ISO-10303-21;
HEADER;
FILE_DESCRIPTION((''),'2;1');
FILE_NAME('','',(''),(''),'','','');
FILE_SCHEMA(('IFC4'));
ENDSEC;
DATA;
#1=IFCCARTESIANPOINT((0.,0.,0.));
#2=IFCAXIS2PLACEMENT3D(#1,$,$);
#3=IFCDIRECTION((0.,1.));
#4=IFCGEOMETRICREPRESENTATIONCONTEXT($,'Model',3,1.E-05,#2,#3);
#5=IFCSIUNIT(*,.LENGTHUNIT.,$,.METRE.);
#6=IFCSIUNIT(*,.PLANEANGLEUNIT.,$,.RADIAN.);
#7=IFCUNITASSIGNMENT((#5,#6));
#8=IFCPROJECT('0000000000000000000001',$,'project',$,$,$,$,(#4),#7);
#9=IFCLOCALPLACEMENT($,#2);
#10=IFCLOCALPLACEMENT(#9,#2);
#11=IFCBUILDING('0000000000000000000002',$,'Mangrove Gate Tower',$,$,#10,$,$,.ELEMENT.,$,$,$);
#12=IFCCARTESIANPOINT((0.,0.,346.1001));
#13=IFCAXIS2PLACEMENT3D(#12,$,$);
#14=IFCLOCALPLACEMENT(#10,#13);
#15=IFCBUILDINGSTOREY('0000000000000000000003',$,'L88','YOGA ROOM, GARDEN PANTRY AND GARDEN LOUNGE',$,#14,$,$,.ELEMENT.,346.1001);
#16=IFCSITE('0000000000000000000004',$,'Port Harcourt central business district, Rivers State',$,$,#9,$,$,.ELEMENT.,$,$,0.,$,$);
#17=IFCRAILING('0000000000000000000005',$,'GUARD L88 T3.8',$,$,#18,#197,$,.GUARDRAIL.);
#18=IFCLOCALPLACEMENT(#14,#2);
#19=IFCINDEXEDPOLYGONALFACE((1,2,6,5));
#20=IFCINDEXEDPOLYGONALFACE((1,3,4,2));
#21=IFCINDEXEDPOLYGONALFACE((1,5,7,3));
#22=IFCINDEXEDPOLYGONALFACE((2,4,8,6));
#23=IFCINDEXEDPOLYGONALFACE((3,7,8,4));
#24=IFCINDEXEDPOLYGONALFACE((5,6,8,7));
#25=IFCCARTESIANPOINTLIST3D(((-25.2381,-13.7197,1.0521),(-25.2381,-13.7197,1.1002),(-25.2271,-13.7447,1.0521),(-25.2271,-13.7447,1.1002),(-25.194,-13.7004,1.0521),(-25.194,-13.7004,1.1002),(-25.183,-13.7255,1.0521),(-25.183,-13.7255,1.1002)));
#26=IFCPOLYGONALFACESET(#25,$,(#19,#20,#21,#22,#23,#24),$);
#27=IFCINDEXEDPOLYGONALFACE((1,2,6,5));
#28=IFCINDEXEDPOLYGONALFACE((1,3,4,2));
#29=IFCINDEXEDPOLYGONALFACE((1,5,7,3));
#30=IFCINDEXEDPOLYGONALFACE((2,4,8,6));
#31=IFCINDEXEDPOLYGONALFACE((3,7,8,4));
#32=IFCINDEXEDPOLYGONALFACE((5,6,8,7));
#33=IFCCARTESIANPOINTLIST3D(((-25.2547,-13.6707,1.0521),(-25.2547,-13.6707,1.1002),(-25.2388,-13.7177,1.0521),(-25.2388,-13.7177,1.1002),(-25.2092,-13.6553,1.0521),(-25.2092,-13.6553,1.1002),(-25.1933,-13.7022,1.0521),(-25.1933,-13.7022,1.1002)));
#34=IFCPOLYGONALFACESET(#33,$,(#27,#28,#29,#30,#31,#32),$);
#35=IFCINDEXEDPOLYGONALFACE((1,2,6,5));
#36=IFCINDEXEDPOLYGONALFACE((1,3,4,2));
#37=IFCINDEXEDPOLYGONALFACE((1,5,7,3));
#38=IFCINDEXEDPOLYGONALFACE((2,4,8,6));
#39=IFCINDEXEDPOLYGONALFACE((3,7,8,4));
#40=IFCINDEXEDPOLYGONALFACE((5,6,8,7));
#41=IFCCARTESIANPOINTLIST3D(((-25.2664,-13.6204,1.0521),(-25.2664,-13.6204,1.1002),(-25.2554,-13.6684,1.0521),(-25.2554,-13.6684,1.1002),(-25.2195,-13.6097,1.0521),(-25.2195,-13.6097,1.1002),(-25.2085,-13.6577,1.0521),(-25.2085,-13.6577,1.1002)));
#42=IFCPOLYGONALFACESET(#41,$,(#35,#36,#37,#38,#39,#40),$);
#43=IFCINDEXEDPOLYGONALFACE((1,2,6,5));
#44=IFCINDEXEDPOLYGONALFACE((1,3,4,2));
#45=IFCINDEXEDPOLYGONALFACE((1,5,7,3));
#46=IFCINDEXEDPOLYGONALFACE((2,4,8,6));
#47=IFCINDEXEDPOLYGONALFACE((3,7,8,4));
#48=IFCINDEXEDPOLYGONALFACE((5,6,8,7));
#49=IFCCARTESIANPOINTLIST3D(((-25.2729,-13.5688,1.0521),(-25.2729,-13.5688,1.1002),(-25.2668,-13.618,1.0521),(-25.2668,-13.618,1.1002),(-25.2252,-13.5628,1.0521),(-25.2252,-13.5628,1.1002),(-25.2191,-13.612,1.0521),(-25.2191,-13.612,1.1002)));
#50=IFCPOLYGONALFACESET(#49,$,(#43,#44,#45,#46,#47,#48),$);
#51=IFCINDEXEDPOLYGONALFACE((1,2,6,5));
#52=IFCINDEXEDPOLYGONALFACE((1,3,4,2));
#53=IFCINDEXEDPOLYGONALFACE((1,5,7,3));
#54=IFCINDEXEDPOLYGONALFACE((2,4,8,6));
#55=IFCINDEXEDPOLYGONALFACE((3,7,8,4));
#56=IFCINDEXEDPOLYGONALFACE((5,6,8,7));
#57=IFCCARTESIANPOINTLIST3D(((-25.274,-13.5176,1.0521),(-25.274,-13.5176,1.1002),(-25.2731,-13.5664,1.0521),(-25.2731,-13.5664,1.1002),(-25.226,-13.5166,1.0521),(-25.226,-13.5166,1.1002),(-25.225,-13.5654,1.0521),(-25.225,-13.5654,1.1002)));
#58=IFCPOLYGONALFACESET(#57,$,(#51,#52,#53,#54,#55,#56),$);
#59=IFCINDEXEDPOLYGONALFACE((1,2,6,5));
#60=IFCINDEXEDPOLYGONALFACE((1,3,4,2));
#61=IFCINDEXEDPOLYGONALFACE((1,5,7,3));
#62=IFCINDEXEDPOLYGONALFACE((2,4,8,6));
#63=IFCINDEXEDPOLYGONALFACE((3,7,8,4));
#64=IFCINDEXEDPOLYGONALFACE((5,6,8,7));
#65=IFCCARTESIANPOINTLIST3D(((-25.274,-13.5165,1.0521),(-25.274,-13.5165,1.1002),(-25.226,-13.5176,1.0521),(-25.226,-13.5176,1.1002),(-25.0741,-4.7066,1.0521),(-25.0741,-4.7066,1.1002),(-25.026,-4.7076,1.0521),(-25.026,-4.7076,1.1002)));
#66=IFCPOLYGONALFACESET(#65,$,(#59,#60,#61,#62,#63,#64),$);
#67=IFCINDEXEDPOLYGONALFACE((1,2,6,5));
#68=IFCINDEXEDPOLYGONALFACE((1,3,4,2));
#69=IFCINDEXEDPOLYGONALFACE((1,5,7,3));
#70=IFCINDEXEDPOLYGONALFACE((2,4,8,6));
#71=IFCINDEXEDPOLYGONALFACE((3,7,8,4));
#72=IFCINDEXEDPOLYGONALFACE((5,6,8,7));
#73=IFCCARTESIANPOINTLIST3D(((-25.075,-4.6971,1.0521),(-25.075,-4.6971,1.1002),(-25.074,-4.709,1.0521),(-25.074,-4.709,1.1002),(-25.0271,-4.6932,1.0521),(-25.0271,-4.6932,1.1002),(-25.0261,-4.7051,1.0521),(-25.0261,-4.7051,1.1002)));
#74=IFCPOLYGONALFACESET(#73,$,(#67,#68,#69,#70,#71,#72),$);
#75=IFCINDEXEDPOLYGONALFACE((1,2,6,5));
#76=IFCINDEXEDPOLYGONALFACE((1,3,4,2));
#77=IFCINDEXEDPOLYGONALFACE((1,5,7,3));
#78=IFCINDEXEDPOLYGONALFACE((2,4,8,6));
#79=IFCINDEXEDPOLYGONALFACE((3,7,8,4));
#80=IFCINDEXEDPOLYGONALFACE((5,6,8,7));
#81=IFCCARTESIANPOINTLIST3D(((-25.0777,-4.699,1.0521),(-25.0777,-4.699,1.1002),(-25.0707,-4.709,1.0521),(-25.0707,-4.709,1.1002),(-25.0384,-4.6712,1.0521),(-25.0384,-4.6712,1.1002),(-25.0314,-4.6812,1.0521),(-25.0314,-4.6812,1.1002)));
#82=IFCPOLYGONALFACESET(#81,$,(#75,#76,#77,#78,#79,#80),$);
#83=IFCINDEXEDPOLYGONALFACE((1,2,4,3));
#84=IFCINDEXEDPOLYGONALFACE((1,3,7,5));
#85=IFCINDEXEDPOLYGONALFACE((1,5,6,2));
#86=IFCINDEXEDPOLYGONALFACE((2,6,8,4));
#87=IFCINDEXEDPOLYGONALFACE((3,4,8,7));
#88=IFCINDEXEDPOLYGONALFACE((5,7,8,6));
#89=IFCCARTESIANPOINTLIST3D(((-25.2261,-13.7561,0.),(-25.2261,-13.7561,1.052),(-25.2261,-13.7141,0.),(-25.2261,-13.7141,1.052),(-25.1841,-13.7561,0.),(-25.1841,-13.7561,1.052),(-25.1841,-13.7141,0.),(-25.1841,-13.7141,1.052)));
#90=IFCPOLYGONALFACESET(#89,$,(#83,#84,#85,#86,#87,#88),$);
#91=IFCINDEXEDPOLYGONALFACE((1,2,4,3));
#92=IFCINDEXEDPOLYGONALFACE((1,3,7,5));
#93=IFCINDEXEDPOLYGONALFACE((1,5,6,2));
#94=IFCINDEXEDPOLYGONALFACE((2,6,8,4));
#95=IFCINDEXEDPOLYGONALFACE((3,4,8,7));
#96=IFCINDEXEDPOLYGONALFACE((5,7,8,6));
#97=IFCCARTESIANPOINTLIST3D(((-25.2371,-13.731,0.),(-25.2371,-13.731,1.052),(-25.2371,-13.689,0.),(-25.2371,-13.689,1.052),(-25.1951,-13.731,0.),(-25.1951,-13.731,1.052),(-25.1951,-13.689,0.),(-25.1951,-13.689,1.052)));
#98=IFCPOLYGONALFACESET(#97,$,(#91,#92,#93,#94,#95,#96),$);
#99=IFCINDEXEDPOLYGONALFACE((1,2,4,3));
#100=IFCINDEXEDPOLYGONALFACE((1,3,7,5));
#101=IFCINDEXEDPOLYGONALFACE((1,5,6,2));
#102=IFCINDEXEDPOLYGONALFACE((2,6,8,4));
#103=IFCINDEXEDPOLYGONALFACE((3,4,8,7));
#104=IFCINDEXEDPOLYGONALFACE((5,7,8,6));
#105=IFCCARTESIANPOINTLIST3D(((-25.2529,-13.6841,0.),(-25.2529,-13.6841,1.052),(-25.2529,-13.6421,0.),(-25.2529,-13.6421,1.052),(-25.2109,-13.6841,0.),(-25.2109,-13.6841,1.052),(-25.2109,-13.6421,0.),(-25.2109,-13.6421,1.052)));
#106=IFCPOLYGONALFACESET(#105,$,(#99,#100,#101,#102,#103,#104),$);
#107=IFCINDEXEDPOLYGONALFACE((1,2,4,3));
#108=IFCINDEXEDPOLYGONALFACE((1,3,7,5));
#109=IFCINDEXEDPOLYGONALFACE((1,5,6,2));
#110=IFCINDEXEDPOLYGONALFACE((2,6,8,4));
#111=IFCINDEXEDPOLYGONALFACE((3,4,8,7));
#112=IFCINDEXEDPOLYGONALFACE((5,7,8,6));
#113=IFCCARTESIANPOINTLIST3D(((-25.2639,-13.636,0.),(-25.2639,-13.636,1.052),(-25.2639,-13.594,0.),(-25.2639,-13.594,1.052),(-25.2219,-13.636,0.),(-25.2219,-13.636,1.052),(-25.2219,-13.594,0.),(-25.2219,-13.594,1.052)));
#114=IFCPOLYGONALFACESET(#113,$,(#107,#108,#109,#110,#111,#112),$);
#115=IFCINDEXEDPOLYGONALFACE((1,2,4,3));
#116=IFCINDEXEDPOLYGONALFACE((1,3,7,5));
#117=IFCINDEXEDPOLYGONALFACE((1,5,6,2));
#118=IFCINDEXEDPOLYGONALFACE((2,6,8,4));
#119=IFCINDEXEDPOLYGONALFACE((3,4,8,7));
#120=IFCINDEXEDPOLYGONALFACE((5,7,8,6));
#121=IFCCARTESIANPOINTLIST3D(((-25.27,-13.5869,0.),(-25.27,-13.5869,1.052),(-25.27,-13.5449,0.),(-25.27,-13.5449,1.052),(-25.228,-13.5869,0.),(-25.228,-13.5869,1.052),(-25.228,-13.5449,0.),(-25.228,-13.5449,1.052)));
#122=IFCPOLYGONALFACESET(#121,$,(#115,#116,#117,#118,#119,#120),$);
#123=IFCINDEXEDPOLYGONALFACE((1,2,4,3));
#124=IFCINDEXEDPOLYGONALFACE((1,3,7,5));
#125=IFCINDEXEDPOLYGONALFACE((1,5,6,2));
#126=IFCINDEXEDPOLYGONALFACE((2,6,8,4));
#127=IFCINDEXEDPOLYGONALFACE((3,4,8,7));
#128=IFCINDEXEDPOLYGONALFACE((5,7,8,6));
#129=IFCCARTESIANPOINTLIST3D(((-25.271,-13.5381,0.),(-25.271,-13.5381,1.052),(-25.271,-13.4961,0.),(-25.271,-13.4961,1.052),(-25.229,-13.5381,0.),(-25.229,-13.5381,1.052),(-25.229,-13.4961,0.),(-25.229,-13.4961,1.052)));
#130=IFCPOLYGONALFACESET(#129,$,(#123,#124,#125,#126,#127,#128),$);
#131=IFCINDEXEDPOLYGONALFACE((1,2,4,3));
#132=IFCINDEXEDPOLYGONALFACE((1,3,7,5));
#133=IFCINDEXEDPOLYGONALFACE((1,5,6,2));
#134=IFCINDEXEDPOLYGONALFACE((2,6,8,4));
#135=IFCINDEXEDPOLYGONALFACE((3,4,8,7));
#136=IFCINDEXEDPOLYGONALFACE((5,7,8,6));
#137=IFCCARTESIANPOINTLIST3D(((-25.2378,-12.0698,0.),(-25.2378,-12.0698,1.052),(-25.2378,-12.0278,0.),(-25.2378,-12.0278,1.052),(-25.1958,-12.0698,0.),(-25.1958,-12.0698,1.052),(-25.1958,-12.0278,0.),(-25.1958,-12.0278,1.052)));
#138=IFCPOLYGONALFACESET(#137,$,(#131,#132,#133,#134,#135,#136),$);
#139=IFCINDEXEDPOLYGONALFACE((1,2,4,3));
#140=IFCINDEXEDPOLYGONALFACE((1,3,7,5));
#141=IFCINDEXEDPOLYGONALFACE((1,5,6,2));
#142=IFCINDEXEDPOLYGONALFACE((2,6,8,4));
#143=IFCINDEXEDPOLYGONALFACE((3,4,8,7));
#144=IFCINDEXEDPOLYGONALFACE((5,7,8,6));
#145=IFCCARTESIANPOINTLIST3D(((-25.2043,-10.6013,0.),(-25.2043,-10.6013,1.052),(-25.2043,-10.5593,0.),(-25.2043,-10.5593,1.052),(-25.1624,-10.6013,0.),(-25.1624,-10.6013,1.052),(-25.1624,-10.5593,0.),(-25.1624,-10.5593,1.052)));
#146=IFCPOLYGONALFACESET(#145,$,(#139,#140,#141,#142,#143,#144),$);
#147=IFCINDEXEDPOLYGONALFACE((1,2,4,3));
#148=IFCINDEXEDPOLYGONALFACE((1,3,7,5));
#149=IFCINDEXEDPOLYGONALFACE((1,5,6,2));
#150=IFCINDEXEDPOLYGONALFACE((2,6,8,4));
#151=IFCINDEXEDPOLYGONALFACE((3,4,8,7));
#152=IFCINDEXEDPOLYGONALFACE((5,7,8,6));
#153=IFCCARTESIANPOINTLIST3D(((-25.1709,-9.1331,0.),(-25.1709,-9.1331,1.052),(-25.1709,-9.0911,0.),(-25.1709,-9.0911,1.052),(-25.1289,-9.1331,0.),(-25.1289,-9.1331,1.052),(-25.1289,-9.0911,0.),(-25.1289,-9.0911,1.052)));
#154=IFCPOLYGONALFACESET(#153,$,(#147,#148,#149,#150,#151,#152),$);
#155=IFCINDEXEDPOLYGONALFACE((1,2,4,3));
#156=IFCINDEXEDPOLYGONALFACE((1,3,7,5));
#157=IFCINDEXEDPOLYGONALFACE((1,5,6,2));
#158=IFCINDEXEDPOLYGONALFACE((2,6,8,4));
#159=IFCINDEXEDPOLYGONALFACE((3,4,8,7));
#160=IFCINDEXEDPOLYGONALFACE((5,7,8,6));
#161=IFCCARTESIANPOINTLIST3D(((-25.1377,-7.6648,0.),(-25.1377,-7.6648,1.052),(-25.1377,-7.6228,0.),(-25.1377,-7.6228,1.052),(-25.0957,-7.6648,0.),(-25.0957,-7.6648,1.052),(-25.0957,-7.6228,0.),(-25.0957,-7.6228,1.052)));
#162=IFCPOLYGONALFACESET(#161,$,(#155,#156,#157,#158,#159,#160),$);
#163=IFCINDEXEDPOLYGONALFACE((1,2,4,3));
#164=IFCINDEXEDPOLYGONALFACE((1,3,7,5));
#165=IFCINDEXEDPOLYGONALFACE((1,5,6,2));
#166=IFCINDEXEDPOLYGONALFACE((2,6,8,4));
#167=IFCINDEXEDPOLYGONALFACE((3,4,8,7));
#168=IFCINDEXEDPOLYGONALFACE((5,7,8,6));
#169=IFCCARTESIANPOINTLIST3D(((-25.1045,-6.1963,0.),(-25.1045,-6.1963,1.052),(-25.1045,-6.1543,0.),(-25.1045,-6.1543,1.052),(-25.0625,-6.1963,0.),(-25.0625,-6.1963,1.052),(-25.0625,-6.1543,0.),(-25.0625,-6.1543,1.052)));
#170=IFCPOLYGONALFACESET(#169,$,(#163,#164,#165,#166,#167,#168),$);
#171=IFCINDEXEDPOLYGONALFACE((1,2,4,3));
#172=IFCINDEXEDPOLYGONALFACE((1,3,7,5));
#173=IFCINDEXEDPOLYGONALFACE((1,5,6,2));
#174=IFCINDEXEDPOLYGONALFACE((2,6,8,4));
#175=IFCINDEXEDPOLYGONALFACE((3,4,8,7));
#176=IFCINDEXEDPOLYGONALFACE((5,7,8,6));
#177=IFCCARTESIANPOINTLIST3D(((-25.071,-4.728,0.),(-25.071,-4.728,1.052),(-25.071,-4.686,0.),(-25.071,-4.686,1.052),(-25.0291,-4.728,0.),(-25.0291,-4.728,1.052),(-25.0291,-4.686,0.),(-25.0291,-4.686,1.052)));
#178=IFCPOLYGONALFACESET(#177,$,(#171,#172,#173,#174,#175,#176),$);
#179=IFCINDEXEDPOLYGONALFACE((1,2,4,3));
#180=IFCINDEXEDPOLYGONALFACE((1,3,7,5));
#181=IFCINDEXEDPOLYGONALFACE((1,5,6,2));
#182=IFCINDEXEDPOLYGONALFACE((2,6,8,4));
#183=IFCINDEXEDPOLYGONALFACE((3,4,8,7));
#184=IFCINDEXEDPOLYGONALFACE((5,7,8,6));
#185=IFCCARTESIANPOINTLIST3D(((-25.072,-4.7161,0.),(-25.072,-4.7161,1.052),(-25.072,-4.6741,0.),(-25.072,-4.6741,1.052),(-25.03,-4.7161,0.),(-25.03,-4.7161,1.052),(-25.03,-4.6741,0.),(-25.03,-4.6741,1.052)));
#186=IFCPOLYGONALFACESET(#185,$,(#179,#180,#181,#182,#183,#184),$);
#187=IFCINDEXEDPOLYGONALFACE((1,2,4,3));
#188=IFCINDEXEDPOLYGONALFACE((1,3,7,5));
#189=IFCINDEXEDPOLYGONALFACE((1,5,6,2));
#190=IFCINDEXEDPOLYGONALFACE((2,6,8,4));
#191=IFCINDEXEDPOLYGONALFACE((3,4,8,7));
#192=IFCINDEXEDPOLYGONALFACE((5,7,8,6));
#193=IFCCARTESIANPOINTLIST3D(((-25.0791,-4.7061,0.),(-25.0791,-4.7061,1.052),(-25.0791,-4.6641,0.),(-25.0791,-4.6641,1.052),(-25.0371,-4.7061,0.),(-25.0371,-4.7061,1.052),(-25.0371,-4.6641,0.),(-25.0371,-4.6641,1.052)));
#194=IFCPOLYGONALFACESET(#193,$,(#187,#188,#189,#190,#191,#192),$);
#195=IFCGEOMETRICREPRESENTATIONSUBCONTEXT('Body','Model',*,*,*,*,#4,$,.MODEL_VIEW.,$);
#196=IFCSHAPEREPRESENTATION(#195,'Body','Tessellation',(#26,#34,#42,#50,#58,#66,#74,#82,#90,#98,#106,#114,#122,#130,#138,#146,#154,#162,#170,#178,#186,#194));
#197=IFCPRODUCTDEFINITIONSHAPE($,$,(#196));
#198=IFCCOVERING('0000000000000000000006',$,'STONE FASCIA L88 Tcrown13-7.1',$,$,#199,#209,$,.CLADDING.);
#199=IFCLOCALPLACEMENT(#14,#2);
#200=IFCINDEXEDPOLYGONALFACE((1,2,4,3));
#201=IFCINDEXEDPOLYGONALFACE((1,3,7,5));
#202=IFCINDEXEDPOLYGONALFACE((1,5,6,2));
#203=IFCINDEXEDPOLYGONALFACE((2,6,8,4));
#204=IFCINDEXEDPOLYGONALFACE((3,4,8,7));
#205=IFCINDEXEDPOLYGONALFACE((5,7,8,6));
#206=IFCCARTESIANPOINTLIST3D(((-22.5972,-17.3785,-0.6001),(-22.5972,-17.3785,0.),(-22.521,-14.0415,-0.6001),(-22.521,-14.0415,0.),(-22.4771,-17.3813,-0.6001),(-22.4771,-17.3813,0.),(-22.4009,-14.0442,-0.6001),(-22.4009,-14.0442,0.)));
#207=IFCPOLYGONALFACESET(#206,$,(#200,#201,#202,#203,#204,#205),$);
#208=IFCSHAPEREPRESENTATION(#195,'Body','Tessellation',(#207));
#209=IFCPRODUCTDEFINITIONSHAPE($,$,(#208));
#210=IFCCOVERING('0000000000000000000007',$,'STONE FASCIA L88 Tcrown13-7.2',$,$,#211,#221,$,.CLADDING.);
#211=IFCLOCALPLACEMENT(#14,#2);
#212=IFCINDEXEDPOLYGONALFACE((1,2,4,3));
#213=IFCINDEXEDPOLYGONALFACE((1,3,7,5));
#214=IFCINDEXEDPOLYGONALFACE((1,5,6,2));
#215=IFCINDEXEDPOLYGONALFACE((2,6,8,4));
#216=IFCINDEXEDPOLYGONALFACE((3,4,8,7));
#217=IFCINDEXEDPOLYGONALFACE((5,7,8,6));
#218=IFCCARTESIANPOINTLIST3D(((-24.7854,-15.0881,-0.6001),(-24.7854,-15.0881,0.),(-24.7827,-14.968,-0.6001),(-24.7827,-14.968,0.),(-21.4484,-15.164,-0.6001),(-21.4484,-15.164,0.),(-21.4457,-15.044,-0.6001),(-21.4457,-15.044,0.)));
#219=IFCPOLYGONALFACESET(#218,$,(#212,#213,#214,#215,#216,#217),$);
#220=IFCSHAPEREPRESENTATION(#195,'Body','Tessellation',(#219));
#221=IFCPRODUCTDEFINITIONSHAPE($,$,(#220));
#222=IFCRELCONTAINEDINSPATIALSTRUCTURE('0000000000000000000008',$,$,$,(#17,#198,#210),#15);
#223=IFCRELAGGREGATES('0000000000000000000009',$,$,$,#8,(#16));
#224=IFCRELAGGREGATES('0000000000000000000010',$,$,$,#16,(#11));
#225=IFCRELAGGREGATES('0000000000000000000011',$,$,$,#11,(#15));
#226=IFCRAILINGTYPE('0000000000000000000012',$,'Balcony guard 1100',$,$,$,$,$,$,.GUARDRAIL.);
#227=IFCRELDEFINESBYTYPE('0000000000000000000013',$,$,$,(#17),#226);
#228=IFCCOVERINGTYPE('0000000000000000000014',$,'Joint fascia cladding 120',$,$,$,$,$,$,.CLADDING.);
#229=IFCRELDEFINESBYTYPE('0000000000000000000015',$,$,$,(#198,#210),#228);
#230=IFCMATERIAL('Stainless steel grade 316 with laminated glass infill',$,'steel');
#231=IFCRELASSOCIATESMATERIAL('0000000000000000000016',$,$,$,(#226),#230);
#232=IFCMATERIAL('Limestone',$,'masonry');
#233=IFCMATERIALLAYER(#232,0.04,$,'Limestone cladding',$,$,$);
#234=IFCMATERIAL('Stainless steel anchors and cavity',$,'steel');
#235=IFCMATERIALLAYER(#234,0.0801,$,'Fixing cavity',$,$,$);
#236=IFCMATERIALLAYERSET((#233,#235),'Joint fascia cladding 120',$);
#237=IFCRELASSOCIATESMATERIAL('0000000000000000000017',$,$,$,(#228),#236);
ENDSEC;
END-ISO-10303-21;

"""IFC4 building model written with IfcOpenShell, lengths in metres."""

from ifc_helpers import new_model, si_unit, direction, frame, frame_2d, origin, origin_2d, place, context, subcontext, project, spatial, rectangle, extrude, material, layer, layer_set, type_object, element, save


model = new_model("IFC4")

# Units and contexts
model_context = context("Model", 3, precision=1e-05, world=origin(), true_north=direction((0.0, 1.0)))
body_context = subcontext(model_context, "Body", "Model", "MODEL_VIEW")
ifc_project = project(units=[si_unit("LENGTHUNIT", "METRE"), si_unit("PLANEANGLEUNIT", "RADIAN")], contexts=[model_context])

# Site, building, storey
site_placement = place(None, origin())
site = spatial("IfcSite", under=ifc_project, at=site_placement, Name="Port Harcourt central business district, Rivers State", CompositionType="ELEMENT", RefElevation=0.0)
building_placement = place(site_placement, origin())
building = spatial("IfcBuilding", under=site, at=building_placement, Name="Mangrove Gate Tower", CompositionType="ELEMENT")
storey_placement = place(building_placement, frame((0.0, 0.0, 346.1001)))
storey = spatial("IfcBuildingStorey", under=building, at=storey_placement, Name="L88", Description="YOGA ROOM, GARDEN PANTRY AND GARDEN LOUNGE", CompositionType="ELEMENT", Elevation=346.1001)

# Railing
ifc_material_1 = material(Name="Stainless steel grade 316 with laminated glass infill", Category="steel")
railing_type = type_object("IfcRailingType", Name="Balcony guard 1100", PredefinedType="GUARDRAIL", material=ifc_material_1)
railing_1_placement = place(storey_placement, frame((-25.2051, -13.7351, 0.0)))
element("IfcRailing", 1, at=railing_1_placement, inside=storey, type_object=railing_type, Name="GUARD L88 T3.8", PredefinedType="GUARDRAIL", context=body_context, shape_type="SweptSolid", body=[
    extrude(rectangle(XDim=0.0481, YDim=0.0481, at=origin_2d()), frame((0.0, 0.0, 1.0762), z_axis=(-0.400352, 0.916361, 0.0), x_axis=(-0.916361, -0.400352, 0.0)), (0.0, 0.0, 1.0), 0.0273),
    extrude(rectangle(XDim=0.0481, YDim=0.0481, at=origin_2d()), frame((-0.011, 0.0251, 1.0762), z_axis=(-0.320664, 0.947193, 0.0), x_axis=(-0.947193, -0.320664, 0.0)), (0.0, 0.0, 1.0), 0.0496),
    extrude(rectangle(XDim=0.0481, YDim=0.0481, at=origin_2d()), frame((-0.0269, 0.072, 1.0762), z_axis=(-0.22269, 0.974889, 0.0), x_axis=(-0.974889, -0.22269, 0.0)), (0.0, 0.0, 1.0), 0.0493),
    extrude(rectangle(XDim=0.0481, YDim=0.0481, at=origin_2d()), frame((-0.0378, 0.1201, 1.0762), z_axis=(-0.123427, 0.992354, 0.0), x_axis=(-0.992354, -0.123427, 0.0)), (0.0, 0.0, 1.0), 0.0496),
    extrude(rectangle(XDim=0.0481, YDim=0.0481, at=origin_2d()), frame((-0.0439, 0.1692, 1.0762), z_axis=(-0.019996, 0.9998, 0.0), x_axis=(-0.9998, -0.019996, 0.0)), (0.0, 0.0, 1.0), 0.0488),
    extrude(rectangle(XDim=0.0481, YDim=0.0481, at=origin_2d()), frame((-0.0449, 0.218, 1.0762), z_axis=(0.02269, 0.999743, 0.0), x_axis=(-0.999743, 0.02269, 0.0)), (0.0, 0.0, 1.0), 8.8123),
    extrude(rectangle(XDim=0.0481, YDim=0.0481, at=origin_2d()), frame((0.155, 9.0281, 1.0762), z_axis=(-0.081362, 0.996685, 0.0), x_axis=(-0.996685, -0.081362, 0.0)), (0.0, 0.0, 1.0), 0.012),
    extrude(rectangle(XDim=0.0481, YDim=0.0481, at=origin_2d()), frame((0.1541, 9.04, 1.0762), z_axis=(-0.577465, 0.816416, 0.0), x_axis=(-0.816416, -0.577465, 0.0)), (0.0, 0.0, 1.0), 0.0122),
    extrude(rectangle(XDim=0.042, YDim=0.042, at=origin_2d()), origin(), (0.0, 0.0, 1.0), 1.052),
    extrude(rectangle(XDim=0.042, YDim=0.042, at=origin_2d()), frame((-0.011, 0.0251, 0.0)), (0.0, 0.0, 1.0), 1.052),
    extrude(rectangle(XDim=0.042, YDim=0.042, at=origin_2d()), frame((-0.0269, 0.072, 0.0)), (0.0, 0.0, 1.0), 1.052),
    extrude(rectangle(XDim=0.042, YDim=0.042, at=origin_2d()), frame((-0.0378, 0.1201, 0.0)), (0.0, 0.0, 1.0), 1.052),
    extrude(rectangle(XDim=0.042, YDim=0.042, at=origin_2d()), frame((-0.0439, 0.1692, 0.0)), (0.0, 0.0, 1.0), 1.052),
    extrude(rectangle(XDim=0.042, YDim=0.042, at=origin_2d()), frame((-0.0449, 0.218, 0.0)), (0.0, 0.0, 1.0), 1.052),
    extrude(rectangle(XDim=0.042, YDim=0.042, at=origin_2d()), frame((-0.0117, 1.6863, 0.0)), (0.0, 0.0, 1.0), 1.052),
    extrude(rectangle(XDim=0.042, YDim=0.042, at=origin_2d()), frame((0.0217, 3.1548, 0.0)), (0.0, 0.0, 1.0), 1.052),
    extrude(rectangle(XDim=0.042, YDim=0.042, at=origin_2d()), frame((0.0552, 4.623, 0.0)), (0.0, 0.0, 1.0), 1.052),
    extrude(rectangle(XDim=0.042, YDim=0.042, at=origin_2d()), frame((0.0884, 6.0913, 0.0)), (0.0, 0.0, 1.0), 1.052),
    extrude(rectangle(XDim=0.042, YDim=0.042, at=origin_2d()), frame((0.1216, 7.5598, 0.0)), (0.0, 0.0, 1.0), 1.052),
    extrude(rectangle(XDim=0.042, YDim=0.042, at=origin_2d()), frame((0.155, 9.0281, 0.0)), (0.0, 0.0, 1.0), 1.052),
    extrude(rectangle(XDim=0.042, YDim=0.042, at=origin_2d()), frame((0.1541, 9.04, 0.0)), (0.0, 0.0, 1.0), 1.052),
    extrude(rectangle(XDim=0.042, YDim=0.042, at=origin_2d()), frame((0.147, 9.05, 0.0)), (0.0, 0.0, 1.0), 1.052),
])

# Coverings
ifc_material_2 = material(Name="Limestone", Category="masonry")
ifc_layer_1 = layer(ifc_material_2, 0.04, Name="Limestone cladding")
ifc_material_3 = material(Name="Stainless steel anchors and cavity", Category="steel")
ifc_layer_2 = layer(ifc_material_3, 0.0801, Name="Fixing cavity")
ifc_layer_set_1 = layer_set([ifc_layer_1, ifc_layer_2], Name="Joint fascia cladding 120")
covering_type = type_object("IfcCoveringType", Name="Joint fascia cladding 120", PredefinedType="CLADDING", material=ifc_layer_set_1)
for number, where, z_axis, x_axis, name in (
    (2, (-22.5371, -17.3799, -0.6001), (0.0, 0.0, 1.0), (0.022821, 0.99974, 0.0), "STONE FASCIA L88 Tcrown13-7.1"),
    (3, (-21.447, -15.104, -0.6001), (0.0, 0.0, 1.0), (-0.999741, 0.022748, 0.0), "STONE FASCIA L88 Tcrown13-7.2"),
):
    element("IfcCovering", number, at=place(storey_placement, frame(where, z_axis=z_axis, x_axis=x_axis)), inside=storey, type_object=covering_type, Name=name, PredefinedType="CLADDING", context=body_context, shape_type="SweptSolid", body=[
        extrude(rectangle(XDim=3.3379, YDim=0.1201, at=frame_2d((1.6689, 0.0))), origin(), (0.0, 0.0, 1.0), 0.6001),
    ])

save(model, "model.ifc")
